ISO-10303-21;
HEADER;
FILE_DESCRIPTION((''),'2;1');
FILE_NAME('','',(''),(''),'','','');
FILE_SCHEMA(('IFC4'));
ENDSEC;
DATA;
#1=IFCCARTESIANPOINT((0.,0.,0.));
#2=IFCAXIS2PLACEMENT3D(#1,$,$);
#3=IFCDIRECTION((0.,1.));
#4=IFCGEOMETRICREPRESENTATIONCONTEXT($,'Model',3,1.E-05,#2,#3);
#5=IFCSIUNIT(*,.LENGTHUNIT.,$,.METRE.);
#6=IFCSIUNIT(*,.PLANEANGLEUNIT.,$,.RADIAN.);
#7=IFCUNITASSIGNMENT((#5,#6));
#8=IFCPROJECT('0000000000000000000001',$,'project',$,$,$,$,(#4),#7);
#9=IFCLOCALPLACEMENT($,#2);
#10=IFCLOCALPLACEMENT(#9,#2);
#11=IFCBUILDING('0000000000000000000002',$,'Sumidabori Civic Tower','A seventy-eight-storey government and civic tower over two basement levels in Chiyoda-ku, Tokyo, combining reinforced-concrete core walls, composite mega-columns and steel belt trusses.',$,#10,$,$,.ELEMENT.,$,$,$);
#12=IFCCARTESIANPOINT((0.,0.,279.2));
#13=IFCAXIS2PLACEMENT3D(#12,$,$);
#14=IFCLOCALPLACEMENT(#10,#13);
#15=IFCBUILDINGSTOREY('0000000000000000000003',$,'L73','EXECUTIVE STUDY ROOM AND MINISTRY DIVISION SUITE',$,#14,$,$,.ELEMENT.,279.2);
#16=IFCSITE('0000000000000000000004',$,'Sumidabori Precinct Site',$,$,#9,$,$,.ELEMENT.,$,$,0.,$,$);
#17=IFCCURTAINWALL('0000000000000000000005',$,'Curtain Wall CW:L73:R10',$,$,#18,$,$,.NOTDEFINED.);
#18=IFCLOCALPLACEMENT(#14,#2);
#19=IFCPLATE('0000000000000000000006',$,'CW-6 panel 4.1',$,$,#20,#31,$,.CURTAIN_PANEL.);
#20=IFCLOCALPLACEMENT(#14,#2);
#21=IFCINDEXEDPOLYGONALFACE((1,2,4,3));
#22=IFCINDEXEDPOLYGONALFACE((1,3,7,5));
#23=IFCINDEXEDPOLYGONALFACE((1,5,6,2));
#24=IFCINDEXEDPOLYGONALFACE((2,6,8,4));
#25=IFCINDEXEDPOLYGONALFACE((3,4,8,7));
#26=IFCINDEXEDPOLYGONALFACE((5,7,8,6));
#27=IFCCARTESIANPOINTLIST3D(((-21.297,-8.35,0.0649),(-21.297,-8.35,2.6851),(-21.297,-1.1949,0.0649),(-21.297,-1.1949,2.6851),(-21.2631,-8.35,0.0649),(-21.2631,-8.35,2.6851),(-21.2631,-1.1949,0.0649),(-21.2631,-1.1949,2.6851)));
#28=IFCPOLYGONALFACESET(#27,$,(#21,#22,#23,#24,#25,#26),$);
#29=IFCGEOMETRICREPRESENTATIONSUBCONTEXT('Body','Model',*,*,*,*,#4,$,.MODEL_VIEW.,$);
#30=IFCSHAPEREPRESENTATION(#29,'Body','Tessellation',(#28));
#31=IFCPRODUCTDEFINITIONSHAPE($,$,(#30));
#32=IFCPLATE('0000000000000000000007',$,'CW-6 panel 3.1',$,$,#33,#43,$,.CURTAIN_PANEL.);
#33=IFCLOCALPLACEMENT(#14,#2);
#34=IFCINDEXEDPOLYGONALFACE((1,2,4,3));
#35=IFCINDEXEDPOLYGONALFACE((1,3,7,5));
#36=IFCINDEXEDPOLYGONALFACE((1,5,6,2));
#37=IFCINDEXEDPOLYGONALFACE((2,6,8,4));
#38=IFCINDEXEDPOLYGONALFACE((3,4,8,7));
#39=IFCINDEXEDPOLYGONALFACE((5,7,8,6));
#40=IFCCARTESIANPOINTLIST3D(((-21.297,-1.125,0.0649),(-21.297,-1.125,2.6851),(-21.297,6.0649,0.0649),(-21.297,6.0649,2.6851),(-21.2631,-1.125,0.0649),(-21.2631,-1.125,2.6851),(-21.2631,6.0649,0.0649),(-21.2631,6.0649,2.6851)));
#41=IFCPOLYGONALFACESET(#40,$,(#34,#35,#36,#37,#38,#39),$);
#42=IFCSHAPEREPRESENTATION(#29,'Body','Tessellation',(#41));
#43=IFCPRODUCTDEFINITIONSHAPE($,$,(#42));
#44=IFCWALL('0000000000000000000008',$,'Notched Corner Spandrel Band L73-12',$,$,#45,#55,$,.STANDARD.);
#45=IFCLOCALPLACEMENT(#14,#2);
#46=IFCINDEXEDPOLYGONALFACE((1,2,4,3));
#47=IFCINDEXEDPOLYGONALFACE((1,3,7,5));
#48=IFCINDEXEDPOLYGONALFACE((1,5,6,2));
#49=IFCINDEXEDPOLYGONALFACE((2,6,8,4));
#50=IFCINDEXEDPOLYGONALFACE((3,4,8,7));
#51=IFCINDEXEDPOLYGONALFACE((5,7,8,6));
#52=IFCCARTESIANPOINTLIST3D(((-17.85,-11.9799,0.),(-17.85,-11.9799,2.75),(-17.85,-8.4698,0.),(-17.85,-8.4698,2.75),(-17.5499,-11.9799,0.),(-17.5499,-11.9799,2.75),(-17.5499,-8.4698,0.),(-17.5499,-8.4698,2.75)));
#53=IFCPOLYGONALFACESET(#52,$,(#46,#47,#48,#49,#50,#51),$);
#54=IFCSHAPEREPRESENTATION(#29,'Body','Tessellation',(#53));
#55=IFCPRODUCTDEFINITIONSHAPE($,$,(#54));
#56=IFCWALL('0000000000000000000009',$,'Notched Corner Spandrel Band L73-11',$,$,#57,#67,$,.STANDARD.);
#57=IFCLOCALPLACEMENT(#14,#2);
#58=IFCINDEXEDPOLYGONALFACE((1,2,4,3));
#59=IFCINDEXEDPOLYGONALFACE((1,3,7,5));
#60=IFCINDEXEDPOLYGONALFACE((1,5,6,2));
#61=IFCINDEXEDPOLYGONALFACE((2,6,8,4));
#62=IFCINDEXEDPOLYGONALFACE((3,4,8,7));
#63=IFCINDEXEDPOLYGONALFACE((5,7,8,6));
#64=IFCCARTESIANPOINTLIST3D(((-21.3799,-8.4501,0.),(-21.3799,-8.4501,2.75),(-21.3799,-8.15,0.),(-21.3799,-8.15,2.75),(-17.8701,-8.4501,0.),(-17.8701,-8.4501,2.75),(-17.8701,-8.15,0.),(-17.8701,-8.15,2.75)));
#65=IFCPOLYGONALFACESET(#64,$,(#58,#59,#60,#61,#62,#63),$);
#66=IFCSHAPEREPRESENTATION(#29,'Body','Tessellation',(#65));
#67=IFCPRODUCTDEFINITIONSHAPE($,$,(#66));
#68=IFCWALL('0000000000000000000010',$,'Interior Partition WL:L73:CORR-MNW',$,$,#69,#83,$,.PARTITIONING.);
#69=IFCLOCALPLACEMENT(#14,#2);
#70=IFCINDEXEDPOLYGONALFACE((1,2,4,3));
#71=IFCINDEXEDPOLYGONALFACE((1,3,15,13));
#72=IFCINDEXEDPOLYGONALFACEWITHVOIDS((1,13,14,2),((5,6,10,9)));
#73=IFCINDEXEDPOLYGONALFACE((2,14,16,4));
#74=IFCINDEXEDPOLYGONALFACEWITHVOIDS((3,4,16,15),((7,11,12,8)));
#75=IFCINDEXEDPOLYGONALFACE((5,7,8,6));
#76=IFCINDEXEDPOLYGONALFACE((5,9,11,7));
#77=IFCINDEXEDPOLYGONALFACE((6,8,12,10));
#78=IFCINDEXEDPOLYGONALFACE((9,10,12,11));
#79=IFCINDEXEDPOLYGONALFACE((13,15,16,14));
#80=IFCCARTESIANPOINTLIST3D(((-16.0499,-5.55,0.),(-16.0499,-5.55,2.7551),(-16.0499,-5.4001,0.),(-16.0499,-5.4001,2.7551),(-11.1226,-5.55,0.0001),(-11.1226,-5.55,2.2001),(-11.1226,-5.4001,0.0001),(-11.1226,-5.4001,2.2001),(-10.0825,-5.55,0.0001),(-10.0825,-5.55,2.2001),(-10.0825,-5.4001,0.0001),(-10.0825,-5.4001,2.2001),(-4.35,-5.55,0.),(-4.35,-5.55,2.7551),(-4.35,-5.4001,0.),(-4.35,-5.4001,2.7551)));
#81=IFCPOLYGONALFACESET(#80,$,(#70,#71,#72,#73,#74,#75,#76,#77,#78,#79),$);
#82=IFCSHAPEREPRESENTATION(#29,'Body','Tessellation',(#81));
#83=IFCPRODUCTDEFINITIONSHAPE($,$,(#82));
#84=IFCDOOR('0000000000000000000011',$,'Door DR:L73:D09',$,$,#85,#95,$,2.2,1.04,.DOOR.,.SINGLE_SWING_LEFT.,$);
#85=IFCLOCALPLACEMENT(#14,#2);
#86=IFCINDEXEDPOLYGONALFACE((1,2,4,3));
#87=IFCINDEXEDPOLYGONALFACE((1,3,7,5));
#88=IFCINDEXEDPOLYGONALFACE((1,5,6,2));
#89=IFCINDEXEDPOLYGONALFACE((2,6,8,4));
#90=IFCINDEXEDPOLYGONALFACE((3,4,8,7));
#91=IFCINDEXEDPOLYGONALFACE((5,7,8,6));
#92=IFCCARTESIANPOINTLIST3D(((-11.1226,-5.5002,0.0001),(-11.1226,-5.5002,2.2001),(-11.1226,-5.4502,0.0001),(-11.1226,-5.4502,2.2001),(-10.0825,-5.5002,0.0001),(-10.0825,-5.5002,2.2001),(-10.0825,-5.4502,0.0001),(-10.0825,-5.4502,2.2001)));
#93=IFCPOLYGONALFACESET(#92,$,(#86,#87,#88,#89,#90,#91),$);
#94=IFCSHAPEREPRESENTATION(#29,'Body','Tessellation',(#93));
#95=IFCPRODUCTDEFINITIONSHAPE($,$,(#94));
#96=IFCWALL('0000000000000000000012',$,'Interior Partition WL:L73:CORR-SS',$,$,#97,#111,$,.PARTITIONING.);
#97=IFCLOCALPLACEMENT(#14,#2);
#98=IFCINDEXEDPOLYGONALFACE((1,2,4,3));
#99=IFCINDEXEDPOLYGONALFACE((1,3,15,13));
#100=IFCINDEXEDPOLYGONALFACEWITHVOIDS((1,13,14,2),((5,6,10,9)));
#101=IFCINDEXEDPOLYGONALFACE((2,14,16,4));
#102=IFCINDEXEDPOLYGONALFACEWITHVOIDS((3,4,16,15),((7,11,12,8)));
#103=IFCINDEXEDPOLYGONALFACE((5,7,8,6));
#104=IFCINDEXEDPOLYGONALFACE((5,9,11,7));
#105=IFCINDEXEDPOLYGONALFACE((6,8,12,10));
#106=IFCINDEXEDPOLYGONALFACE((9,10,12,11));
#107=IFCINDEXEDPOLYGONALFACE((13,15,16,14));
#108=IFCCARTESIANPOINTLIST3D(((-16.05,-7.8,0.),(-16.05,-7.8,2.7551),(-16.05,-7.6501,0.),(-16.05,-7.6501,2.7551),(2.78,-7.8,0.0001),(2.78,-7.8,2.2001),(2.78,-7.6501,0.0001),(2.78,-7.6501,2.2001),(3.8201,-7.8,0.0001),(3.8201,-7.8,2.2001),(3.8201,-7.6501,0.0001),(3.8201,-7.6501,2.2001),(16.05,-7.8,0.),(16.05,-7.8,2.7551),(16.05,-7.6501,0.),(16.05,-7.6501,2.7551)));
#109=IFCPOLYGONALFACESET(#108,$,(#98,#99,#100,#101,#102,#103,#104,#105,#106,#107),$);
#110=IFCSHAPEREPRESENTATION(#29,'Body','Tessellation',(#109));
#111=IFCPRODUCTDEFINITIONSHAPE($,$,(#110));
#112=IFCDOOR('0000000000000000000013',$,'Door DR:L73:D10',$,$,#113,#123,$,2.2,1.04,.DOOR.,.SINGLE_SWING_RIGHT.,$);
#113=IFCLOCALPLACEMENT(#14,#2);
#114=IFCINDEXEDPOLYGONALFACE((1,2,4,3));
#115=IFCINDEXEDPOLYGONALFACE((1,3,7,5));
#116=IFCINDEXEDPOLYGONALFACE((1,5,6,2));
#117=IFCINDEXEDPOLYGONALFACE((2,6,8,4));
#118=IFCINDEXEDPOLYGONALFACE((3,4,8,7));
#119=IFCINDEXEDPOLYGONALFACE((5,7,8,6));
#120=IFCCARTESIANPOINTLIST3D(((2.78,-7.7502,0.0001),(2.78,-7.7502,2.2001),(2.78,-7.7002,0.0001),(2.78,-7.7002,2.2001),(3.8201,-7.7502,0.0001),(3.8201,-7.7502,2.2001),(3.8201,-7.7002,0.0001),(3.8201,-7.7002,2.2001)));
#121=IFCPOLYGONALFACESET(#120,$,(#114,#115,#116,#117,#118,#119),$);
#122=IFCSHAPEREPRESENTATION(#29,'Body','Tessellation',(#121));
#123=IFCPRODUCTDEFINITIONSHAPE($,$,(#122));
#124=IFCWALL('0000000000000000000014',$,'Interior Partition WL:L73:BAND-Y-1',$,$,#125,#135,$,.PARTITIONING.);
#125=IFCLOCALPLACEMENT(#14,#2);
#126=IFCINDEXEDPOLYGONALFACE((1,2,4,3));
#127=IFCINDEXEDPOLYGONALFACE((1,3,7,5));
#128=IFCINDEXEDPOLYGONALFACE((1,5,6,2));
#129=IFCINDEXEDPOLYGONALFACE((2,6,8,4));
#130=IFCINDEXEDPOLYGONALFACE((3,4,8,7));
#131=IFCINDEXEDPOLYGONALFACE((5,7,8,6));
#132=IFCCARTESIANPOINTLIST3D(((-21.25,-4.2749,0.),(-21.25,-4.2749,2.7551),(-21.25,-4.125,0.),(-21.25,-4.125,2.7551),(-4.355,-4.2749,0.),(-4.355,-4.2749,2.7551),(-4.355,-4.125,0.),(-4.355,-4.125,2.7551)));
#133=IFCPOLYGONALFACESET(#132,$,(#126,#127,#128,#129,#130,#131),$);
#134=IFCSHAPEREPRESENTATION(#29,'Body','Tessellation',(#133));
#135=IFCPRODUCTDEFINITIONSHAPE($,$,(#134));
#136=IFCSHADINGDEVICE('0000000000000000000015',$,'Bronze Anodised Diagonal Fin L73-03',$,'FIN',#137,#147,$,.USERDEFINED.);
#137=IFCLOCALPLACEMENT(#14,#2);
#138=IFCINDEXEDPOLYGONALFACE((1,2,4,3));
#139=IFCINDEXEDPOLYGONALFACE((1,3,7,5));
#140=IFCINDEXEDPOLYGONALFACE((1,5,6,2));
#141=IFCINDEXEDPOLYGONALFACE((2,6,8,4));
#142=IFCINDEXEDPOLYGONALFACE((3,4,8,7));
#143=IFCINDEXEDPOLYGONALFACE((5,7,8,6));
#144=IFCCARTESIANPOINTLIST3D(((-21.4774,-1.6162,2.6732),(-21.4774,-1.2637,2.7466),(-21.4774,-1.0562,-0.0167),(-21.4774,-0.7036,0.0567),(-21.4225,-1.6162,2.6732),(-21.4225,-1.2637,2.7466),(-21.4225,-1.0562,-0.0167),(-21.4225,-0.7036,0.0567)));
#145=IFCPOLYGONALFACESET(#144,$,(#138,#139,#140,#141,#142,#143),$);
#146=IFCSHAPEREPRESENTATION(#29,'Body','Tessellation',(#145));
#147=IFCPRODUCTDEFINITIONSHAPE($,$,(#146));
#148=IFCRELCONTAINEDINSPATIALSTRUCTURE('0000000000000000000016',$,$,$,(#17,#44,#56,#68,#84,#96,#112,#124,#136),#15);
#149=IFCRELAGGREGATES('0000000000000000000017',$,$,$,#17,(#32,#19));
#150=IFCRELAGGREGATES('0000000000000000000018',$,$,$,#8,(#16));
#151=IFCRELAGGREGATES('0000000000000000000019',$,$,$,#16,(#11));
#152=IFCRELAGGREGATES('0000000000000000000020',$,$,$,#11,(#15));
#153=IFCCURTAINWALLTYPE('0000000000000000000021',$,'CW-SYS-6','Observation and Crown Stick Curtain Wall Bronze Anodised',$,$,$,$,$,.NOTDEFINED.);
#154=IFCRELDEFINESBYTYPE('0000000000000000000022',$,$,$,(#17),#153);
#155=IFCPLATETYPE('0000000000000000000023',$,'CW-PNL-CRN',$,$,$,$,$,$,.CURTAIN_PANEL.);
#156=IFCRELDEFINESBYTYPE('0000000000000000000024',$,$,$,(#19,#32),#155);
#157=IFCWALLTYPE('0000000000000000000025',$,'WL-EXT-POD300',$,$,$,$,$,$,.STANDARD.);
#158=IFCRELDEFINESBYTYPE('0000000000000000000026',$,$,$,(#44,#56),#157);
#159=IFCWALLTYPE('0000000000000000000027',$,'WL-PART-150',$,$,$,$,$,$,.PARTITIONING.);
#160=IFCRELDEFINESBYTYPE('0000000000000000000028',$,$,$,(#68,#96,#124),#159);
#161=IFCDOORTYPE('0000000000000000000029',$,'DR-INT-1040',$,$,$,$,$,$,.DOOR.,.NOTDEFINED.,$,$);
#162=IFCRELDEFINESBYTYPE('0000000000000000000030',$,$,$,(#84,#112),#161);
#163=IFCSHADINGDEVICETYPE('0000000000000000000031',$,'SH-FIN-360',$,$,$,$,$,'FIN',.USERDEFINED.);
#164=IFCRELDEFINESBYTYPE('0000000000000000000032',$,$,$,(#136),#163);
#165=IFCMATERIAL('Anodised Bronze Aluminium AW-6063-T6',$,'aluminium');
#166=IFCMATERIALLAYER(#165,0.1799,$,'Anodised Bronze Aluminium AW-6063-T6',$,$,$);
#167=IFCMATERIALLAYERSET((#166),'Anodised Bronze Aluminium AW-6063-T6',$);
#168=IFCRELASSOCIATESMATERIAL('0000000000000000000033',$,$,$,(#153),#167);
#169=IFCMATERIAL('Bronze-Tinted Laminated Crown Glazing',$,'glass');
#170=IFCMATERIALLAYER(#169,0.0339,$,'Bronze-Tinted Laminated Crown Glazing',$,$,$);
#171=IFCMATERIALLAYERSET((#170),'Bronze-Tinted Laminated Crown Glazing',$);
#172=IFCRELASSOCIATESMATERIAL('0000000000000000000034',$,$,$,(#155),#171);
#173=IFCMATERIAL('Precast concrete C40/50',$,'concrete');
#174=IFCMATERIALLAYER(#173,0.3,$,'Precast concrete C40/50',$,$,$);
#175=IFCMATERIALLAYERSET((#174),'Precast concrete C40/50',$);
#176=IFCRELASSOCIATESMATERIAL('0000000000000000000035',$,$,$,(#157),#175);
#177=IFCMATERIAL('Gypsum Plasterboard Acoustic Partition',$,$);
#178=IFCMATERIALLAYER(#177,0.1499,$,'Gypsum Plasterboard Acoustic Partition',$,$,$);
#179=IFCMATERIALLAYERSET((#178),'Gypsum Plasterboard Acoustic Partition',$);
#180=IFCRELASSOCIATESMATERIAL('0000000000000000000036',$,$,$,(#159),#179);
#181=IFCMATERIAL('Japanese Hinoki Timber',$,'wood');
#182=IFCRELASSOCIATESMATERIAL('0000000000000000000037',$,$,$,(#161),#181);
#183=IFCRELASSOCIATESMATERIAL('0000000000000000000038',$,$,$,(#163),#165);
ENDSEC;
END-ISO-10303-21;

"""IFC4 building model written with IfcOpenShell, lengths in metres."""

from ifc_helpers import new_model, si_unit, direction, frame, frame_2d, origin, origin_2d, place, context, subcontext, project, spatial, rectangle, extrude, source, transform, mapped, material, layer, layer_set, material_profile, profile_set, type_object, element, fill, aggregate, save


model = new_model("IFC4")

# Units and contexts
model_context = context("Model", 3, precision=1e-05, world=origin(), true_north=direction((0.0, 1.0)))
body_context = subcontext(model_context, "Body", "Model", "MODEL_VIEW")
ifc_project = project(units=[si_unit("LENGTHUNIT", "METRE"), si_unit("PLANEANGLEUNIT", "RADIAN")], contexts=[model_context])

# Site, building, storey
site_placement = place(None, origin())
site = spatial("IfcSite", under=ifc_project, at=site_placement, Name="Sumidabori Precinct Site", CompositionType="ELEMENT", RefElevation=0.0)
building_placement = place(site_placement, origin())
building = spatial("IfcBuilding", under=site, at=building_placement, Name="Sumidabori Civic Tower", Description="A seventy-eight-storey government and civic tower over two basement levels in Chiyoda-ku, Tokyo, combining reinforced-concrete core walls, composite mega-columns and steel belt trusses.", CompositionType="ELEMENT")
storey_placement = place(building_placement, frame((0.0, 0.0, 279.2)))
storey = spatial("IfcBuildingStorey", under=building, at=storey_placement, Name="L73", Description="EXECUTIVE STUDY ROOM AND MINISTRY DIVISION SUITE", CompositionType="ELEMENT", Elevation=279.2)

# Shared definitions
ifc_material_1 = material(Name="Anodised Bronze Aluminium AW-6063-T6", Category="aluminium")
ifc_layer_1 = layer(ifc_material_1, 0.1799, Name="Anodised Bronze Aluminium AW-6063-T6")
ifc_layer_set_1 = layer_set([ifc_layer_1], Name="Anodised Bronze Aluminium AW-6063-T6")
curtain_wall_type = type_object("IfcCurtainWallType", Name="CW-SYS-6", Description="Observation and Crown Stick Curtain Wall Bronze Anodised", PredefinedType="NOTDEFINED", material=ifc_layer_set_1)

# Curtain wall
curtain_wall_1_placement = place(storey_placement, origin())
curtain_wall_1 = element("IfcCurtainWall", 1, at=curtain_wall_1_placement, inside=storey, type_object=curtain_wall_type, Name="Curtain Wall CW:L73:R10", PredefinedType="NOTDEFINED")

# Plates
ifc_material_2 = material(Name="Bronze-Tinted Laminated Crown Glazing", Category="glass")
ifc_layer_2 = layer(ifc_material_2, 0.0339, Name="Bronze-Tinted Laminated Crown Glazing")
ifc_layer_set_2 = layer_set([ifc_layer_2], Name="Bronze-Tinted Laminated Crown Glazing")
plate_type = type_object("IfcPlateType", Name="CW-PNL-CRN", PredefinedType="CURTAIN_PANEL", material=ifc_layer_set_2)
shared_shape_1 = source(origin(), body_context, "Body", "SweptSolid", [
    extrude(rectangle(XDim=7.155, YDim=0.0339, at=origin_2d()), origin(), (0.0, 0.0, 1.0), 2.6201),
])
plate_1_placement = place(storey_placement, frame((-21.28, -4.7725, 0.0649), z_axis=(0.0, 0.0, 1.0), x_axis=(0.0, -1.0, 0.0)))
plate_1 = element("IfcPlate", 2, at=plate_1_placement, type_object=plate_type, Name="CW-6 panel 4.1", PredefinedType="CURTAIN_PANEL", context=body_context, shape_type="MappedRepresentation", body=[
    mapped(shared_shape_1, transform((0.0, 0.0, 0.0), x_axis=(1.0, 0.0, 0.0), y_axis=(0.0, 1.0, 0.0), z_axis=(0.0, 0.0, 1.0), scale=1.0)),
])
shared_shape_2 = source(origin(), body_context, "Body", "SweptSolid", [
    extrude(rectangle(XDim=7.1899, YDim=0.0339, at=origin_2d()), origin(), (0.0, 0.0, 1.0), 2.6201),
])
plate_2_placement = place(storey_placement, frame((-21.28, 2.47, 0.0649), z_axis=(0.0, 0.0, 1.0), x_axis=(0.0, -1.0, 0.0)))
plate_2 = element("IfcPlate", 3, at=plate_2_placement, type_object=plate_type, Name="CW-6 panel 3.1", PredefinedType="CURTAIN_PANEL", context=body_context, shape_type="MappedRepresentation", body=[
    mapped(shared_shape_2, transform((0.0, 0.0, 0.0), x_axis=(1.0, 0.0, 0.0), y_axis=(0.0, 1.0, 0.0), z_axis=(0.0, 0.0, 1.0), scale=1.0)),
])
aggregate(curtain_wall_1, [plate_2, plate_1])

# Walls
ifc_material_3 = material(Name="Precast concrete C40/50", Category="concrete")
ifc_layer_3 = layer(ifc_material_3, 0.3, Name="Precast concrete C40/50")
ifc_layer_set_3 = layer_set([ifc_layer_3], Name="Precast concrete C40/50")
wall_type_1 = type_object("IfcWallType", Name="WL-EXT-POD300", PredefinedType="STANDARD", material=ifc_layer_set_3)
shared_shape_3 = source(origin(), body_context, "Body", "SweptSolid", [
    extrude(rectangle(XDim=3.51, YDim=0.3, at=frame_2d((1.7549, 0.0))), origin(), (0.0, 0.0, 1.0), 2.75),
])
wall_1_placement = place(storey_placement, frame((-17.7, -8.47, 0.0), z_axis=(0.0, 0.0, 1.0), x_axis=(0.0, -1.0, 0.0)))
element("IfcWall", 4, at=wall_1_placement, inside=storey, type_object=wall_type_1, Name="Notched Corner Spandrel Band L73-12", PredefinedType="STANDARD", context=body_context, shape_type="MappedRepresentation", body=[
    mapped(shared_shape_3, transform((0.0, 0.0, 0.0), x_axis=(1.0, 0.0, 0.0), y_axis=(0.0, 1.0, 0.0), z_axis=(0.0, 0.0, 1.0), scale=1.0)),
])
shared_shape_4 = source(origin(), body_context, "Body", "SweptSolid", [
    extrude(rectangle(XDim=3.5098, YDim=0.3, at=frame_2d((1.7549, 0.0))), origin(), (0.0, 0.0, 1.0), 2.75),
])
wall_2_placement = place(storey_placement, frame((-21.3799, -8.3, 0.0), z_axis=(0.0, 0.0, 1.0), x_axis=(1.0, 0.0, 0.0)))
element("IfcWall", 5, at=wall_2_placement, inside=storey, type_object=wall_type_1, Name="Notched Corner Spandrel Band L73-11", PredefinedType="STANDARD", context=body_context, shape_type="MappedRepresentation", body=[
    mapped(shared_shape_4, transform((0.0, 0.0, 0.0), x_axis=(1.0, 0.0, 0.0), y_axis=(0.0, 1.0, 0.0), z_axis=(0.0, 0.0, 1.0), scale=1.0)),
])

# Walls, openings, doors
ifc_material_4 = material(Name="Gypsum Plasterboard Acoustic Partition")
ifc_layer_4 = layer(ifc_material_4, 0.1499, Name="Gypsum Plasterboard Acoustic Partition")
ifc_layer_set_4 = layer_set([ifc_layer_4], Name="Gypsum Plasterboard Acoustic Partition")
wall_type_2 = type_object("IfcWallType", Name="WL-PART-150", PredefinedType="PARTITIONING", material=ifc_layer_set_4)
shared_shape_5 = source(origin(), body_context, "Body", "SweptSolid", [
    extrude(rectangle(XDim=11.7, YDim=0.1499, at=frame_2d((5.8501, 0.0))), origin(), (0.0, 0.0, 1.0), 2.7551),
])
wall_3_placement = place(storey_placement, frame((-16.05, -5.4751, 0.0), z_axis=(0.0, 0.0, 1.0), x_axis=(1.0, 0.0, 0.0)))
wall_3 = element("IfcWall", 6, at=wall_3_placement, inside=storey, type_object=wall_type_2, Name="Interior Partition WL:L73:CORR-MNW", PredefinedType="PARTITIONING", context=body_context, shape_type="MappedRepresentation", body=[
    mapped(shared_shape_5, transform((0.0, 0.0, 0.0), x_axis=(1.0, 0.0, 0.0), y_axis=(0.0, 1.0, 0.0), z_axis=(0.0, 0.0, 1.0), scale=1.0)),
])
opening_1_placement = place(wall_3_placement, frame((4.9275, 0.0, 0.0)))
opening_1 = element("IfcOpeningElement", 7, at=opening_1_placement, cuts=wall_3, PredefinedType="OPENING", context=body_context, shape_type="SweptSolid", body=[
    extrude(rectangle(XDim=1.04, YDim=2.2, at=frame_2d((0.52, 1.1001))), frame((0.0, 0.0869, 0.0), z_axis=(0.0, -1.0, 0.0), x_axis=(1.0, 0.0, 0.0)), (0.0, 0.0, 1.0), 0.1738),
])
ifc_material_5 = material(Name="Japanese Hinoki Timber", Category="wood")
door_type = type_object("IfcDoorType", Name="DR-INT-1040", OperationType="NOTDEFINED", PredefinedType="DOOR", material=ifc_material_5)
shared_shape_6 = source(origin(), body_context, "Body", "SweptSolid", [
    extrude(rectangle(XDim=1.04, YDim=2.2, at=frame_2d((0.52, 1.1001))), frame((0.0, 0.0249, 0.0), z_axis=(0.0, -1.0, 0.0), x_axis=(1.0, 0.0, 0.0)), (0.0, 0.0, 1.0), 0.05),
])
door_1_placement = place(opening_1_placement, origin())
door_1 = element("IfcDoor", 8, at=door_1_placement, inside=storey, type_object=door_type, Name="Door DR:L73:D09", OperationType="SINGLE_SWING_LEFT", OverallHeight=2.2, OverallWidth=1.04, PredefinedType="DOOR", context=body_context, shape_type="MappedRepresentation", body=[
    mapped(shared_shape_6, transform((0.0, 0.0, 0.0), x_axis=(1.0, 0.0, 0.0), y_axis=(0.0, 1.0, 0.0), z_axis=(0.0, 0.0, 1.0), scale=1.0)),
])
fill(opening_1, door_1)
shared_shape_7 = source(origin(), body_context, "Body", "SweptSolid", [
    extrude(rectangle(XDim=32.1001, YDim=0.1499, at=frame_2d((16.05, 0.0))), origin(), (0.0, 0.0, 1.0), 2.7551),
])
wall_4_placement = place(storey_placement, frame((-16.05, -7.7251, 0.0), z_axis=(0.0, 0.0, 1.0), x_axis=(1.0, 0.0, 0.0)))
wall_4 = element("IfcWall", 9, at=wall_4_placement, inside=storey, type_object=wall_type_2, Name="Interior Partition WL:L73:CORR-SS", PredefinedType="PARTITIONING", context=body_context, shape_type="MappedRepresentation", body=[
    mapped(shared_shape_7, transform((0.0, 0.0, 0.0), x_axis=(1.0, 0.0, 0.0), y_axis=(0.0, 1.0, 0.0), z_axis=(0.0, 0.0, 1.0), scale=1.0)),
])
opening_2_placement = place(wall_4_placement, frame((18.8301, 0.0, 0.0)))
opening_2 = element("IfcOpeningElement", 10, at=opening_2_placement, cuts=wall_4, PredefinedType="OPENING", context=body_context, shape_type="SweptSolid", body=[
    extrude(rectangle(XDim=1.04, YDim=2.2, at=frame_2d((0.52, 1.1001))), frame((0.0, 0.0869, 0.0), z_axis=(0.0, -1.0, 0.0), x_axis=(1.0, 0.0, 0.0)), (0.0, 0.0, 1.0), 0.1738),
])
door_2_placement = place(opening_2_placement, origin())
door_2 = element("IfcDoor", 11, at=door_2_placement, inside=storey, type_object=door_type, Name="Door DR:L73:D10", OperationType="SINGLE_SWING_RIGHT", OverallHeight=2.2, OverallWidth=1.04, PredefinedType="DOOR", context=body_context, shape_type="MappedRepresentation", body=[
    mapped(shared_shape_6, transform((0.0, 0.0, 0.0), x_axis=(1.0, 0.0, 0.0), y_axis=(0.0, 1.0, 0.0), z_axis=(0.0, 0.0, 1.0), scale=1.0)),
])
fill(opening_2, door_2)

# Wall
shared_shape_8 = source(origin(), body_context, "Body", "SweptSolid", [
    extrude(rectangle(XDim=16.895, YDim=0.1499, at=frame_2d((8.4475, 0.0))), origin(), (0.0, 0.0, 1.0), 2.7551),
])
wall_5_placement = place(storey_placement, frame((-21.25, -4.2, 0.0), z_axis=(0.0, 0.0, 1.0), x_axis=(1.0, 0.0, 0.0)))
element("IfcWall", 12, at=wall_5_placement, inside=storey, type_object=wall_type_2, Name="Interior Partition WL:L73:BAND-Y-1", PredefinedType="PARTITIONING", context=body_context, shape_type="MappedRepresentation", body=[
    mapped(shared_shape_8, transform((0.0, 0.0, 0.0), x_axis=(1.0, 0.0, 0.0), y_axis=(0.0, 1.0, 0.0), z_axis=(0.0, 0.0, 1.0), scale=1.0)),
])

# Shading device
ifc_material_profile_1 = material_profile(ifc_material_1, rectangle(XDim=0.0549, YDim=0.3601, at=origin_2d()), Name="BRONZE FIN 360x55")
ifc_profile_set_1 = profile_set([ifc_material_profile_1], Name="Anodised Bronze Aluminium AW-6063-T6")
shading_device_type = type_object("IfcShadingDeviceType", Name="SH-FIN-360", ElementType="FIN", PredefinedType="USERDEFINED", material=ifc_profile_set_1)
shared_shape_9 = source(origin(), body_context, "Body", "SweptSolid", [
    extrude(rectangle(XDim=0.0549, YDim=0.3601, at=origin_2d()), origin(), (0.0, 0.0, 1.0), 2.7476),
])
shading_device_placement = place(storey_placement, frame((-21.45, -0.8799, 0.02), z_axis=(0.0, -0.203834, 0.979006), x_axis=(-1.0, 0.0, 0.0)))
element("IfcShadingDevice", 13, at=shading_device_placement, inside=storey, type_object=shading_device_type, Name="Bronze Anodised Diagonal Fin L73-03", ObjectType="FIN", PredefinedType="USERDEFINED", context=body_context, shape_type="MappedRepresentation", body=[
    mapped(shared_shape_9, transform((0.0, 0.0, 0.0), x_axis=(1.0, 0.0, 0.0), y_axis=(0.0, 1.0, 0.0), z_axis=(0.0, 0.0, 1.0), scale=1.0)),
])

save(model, "model.ifc")
